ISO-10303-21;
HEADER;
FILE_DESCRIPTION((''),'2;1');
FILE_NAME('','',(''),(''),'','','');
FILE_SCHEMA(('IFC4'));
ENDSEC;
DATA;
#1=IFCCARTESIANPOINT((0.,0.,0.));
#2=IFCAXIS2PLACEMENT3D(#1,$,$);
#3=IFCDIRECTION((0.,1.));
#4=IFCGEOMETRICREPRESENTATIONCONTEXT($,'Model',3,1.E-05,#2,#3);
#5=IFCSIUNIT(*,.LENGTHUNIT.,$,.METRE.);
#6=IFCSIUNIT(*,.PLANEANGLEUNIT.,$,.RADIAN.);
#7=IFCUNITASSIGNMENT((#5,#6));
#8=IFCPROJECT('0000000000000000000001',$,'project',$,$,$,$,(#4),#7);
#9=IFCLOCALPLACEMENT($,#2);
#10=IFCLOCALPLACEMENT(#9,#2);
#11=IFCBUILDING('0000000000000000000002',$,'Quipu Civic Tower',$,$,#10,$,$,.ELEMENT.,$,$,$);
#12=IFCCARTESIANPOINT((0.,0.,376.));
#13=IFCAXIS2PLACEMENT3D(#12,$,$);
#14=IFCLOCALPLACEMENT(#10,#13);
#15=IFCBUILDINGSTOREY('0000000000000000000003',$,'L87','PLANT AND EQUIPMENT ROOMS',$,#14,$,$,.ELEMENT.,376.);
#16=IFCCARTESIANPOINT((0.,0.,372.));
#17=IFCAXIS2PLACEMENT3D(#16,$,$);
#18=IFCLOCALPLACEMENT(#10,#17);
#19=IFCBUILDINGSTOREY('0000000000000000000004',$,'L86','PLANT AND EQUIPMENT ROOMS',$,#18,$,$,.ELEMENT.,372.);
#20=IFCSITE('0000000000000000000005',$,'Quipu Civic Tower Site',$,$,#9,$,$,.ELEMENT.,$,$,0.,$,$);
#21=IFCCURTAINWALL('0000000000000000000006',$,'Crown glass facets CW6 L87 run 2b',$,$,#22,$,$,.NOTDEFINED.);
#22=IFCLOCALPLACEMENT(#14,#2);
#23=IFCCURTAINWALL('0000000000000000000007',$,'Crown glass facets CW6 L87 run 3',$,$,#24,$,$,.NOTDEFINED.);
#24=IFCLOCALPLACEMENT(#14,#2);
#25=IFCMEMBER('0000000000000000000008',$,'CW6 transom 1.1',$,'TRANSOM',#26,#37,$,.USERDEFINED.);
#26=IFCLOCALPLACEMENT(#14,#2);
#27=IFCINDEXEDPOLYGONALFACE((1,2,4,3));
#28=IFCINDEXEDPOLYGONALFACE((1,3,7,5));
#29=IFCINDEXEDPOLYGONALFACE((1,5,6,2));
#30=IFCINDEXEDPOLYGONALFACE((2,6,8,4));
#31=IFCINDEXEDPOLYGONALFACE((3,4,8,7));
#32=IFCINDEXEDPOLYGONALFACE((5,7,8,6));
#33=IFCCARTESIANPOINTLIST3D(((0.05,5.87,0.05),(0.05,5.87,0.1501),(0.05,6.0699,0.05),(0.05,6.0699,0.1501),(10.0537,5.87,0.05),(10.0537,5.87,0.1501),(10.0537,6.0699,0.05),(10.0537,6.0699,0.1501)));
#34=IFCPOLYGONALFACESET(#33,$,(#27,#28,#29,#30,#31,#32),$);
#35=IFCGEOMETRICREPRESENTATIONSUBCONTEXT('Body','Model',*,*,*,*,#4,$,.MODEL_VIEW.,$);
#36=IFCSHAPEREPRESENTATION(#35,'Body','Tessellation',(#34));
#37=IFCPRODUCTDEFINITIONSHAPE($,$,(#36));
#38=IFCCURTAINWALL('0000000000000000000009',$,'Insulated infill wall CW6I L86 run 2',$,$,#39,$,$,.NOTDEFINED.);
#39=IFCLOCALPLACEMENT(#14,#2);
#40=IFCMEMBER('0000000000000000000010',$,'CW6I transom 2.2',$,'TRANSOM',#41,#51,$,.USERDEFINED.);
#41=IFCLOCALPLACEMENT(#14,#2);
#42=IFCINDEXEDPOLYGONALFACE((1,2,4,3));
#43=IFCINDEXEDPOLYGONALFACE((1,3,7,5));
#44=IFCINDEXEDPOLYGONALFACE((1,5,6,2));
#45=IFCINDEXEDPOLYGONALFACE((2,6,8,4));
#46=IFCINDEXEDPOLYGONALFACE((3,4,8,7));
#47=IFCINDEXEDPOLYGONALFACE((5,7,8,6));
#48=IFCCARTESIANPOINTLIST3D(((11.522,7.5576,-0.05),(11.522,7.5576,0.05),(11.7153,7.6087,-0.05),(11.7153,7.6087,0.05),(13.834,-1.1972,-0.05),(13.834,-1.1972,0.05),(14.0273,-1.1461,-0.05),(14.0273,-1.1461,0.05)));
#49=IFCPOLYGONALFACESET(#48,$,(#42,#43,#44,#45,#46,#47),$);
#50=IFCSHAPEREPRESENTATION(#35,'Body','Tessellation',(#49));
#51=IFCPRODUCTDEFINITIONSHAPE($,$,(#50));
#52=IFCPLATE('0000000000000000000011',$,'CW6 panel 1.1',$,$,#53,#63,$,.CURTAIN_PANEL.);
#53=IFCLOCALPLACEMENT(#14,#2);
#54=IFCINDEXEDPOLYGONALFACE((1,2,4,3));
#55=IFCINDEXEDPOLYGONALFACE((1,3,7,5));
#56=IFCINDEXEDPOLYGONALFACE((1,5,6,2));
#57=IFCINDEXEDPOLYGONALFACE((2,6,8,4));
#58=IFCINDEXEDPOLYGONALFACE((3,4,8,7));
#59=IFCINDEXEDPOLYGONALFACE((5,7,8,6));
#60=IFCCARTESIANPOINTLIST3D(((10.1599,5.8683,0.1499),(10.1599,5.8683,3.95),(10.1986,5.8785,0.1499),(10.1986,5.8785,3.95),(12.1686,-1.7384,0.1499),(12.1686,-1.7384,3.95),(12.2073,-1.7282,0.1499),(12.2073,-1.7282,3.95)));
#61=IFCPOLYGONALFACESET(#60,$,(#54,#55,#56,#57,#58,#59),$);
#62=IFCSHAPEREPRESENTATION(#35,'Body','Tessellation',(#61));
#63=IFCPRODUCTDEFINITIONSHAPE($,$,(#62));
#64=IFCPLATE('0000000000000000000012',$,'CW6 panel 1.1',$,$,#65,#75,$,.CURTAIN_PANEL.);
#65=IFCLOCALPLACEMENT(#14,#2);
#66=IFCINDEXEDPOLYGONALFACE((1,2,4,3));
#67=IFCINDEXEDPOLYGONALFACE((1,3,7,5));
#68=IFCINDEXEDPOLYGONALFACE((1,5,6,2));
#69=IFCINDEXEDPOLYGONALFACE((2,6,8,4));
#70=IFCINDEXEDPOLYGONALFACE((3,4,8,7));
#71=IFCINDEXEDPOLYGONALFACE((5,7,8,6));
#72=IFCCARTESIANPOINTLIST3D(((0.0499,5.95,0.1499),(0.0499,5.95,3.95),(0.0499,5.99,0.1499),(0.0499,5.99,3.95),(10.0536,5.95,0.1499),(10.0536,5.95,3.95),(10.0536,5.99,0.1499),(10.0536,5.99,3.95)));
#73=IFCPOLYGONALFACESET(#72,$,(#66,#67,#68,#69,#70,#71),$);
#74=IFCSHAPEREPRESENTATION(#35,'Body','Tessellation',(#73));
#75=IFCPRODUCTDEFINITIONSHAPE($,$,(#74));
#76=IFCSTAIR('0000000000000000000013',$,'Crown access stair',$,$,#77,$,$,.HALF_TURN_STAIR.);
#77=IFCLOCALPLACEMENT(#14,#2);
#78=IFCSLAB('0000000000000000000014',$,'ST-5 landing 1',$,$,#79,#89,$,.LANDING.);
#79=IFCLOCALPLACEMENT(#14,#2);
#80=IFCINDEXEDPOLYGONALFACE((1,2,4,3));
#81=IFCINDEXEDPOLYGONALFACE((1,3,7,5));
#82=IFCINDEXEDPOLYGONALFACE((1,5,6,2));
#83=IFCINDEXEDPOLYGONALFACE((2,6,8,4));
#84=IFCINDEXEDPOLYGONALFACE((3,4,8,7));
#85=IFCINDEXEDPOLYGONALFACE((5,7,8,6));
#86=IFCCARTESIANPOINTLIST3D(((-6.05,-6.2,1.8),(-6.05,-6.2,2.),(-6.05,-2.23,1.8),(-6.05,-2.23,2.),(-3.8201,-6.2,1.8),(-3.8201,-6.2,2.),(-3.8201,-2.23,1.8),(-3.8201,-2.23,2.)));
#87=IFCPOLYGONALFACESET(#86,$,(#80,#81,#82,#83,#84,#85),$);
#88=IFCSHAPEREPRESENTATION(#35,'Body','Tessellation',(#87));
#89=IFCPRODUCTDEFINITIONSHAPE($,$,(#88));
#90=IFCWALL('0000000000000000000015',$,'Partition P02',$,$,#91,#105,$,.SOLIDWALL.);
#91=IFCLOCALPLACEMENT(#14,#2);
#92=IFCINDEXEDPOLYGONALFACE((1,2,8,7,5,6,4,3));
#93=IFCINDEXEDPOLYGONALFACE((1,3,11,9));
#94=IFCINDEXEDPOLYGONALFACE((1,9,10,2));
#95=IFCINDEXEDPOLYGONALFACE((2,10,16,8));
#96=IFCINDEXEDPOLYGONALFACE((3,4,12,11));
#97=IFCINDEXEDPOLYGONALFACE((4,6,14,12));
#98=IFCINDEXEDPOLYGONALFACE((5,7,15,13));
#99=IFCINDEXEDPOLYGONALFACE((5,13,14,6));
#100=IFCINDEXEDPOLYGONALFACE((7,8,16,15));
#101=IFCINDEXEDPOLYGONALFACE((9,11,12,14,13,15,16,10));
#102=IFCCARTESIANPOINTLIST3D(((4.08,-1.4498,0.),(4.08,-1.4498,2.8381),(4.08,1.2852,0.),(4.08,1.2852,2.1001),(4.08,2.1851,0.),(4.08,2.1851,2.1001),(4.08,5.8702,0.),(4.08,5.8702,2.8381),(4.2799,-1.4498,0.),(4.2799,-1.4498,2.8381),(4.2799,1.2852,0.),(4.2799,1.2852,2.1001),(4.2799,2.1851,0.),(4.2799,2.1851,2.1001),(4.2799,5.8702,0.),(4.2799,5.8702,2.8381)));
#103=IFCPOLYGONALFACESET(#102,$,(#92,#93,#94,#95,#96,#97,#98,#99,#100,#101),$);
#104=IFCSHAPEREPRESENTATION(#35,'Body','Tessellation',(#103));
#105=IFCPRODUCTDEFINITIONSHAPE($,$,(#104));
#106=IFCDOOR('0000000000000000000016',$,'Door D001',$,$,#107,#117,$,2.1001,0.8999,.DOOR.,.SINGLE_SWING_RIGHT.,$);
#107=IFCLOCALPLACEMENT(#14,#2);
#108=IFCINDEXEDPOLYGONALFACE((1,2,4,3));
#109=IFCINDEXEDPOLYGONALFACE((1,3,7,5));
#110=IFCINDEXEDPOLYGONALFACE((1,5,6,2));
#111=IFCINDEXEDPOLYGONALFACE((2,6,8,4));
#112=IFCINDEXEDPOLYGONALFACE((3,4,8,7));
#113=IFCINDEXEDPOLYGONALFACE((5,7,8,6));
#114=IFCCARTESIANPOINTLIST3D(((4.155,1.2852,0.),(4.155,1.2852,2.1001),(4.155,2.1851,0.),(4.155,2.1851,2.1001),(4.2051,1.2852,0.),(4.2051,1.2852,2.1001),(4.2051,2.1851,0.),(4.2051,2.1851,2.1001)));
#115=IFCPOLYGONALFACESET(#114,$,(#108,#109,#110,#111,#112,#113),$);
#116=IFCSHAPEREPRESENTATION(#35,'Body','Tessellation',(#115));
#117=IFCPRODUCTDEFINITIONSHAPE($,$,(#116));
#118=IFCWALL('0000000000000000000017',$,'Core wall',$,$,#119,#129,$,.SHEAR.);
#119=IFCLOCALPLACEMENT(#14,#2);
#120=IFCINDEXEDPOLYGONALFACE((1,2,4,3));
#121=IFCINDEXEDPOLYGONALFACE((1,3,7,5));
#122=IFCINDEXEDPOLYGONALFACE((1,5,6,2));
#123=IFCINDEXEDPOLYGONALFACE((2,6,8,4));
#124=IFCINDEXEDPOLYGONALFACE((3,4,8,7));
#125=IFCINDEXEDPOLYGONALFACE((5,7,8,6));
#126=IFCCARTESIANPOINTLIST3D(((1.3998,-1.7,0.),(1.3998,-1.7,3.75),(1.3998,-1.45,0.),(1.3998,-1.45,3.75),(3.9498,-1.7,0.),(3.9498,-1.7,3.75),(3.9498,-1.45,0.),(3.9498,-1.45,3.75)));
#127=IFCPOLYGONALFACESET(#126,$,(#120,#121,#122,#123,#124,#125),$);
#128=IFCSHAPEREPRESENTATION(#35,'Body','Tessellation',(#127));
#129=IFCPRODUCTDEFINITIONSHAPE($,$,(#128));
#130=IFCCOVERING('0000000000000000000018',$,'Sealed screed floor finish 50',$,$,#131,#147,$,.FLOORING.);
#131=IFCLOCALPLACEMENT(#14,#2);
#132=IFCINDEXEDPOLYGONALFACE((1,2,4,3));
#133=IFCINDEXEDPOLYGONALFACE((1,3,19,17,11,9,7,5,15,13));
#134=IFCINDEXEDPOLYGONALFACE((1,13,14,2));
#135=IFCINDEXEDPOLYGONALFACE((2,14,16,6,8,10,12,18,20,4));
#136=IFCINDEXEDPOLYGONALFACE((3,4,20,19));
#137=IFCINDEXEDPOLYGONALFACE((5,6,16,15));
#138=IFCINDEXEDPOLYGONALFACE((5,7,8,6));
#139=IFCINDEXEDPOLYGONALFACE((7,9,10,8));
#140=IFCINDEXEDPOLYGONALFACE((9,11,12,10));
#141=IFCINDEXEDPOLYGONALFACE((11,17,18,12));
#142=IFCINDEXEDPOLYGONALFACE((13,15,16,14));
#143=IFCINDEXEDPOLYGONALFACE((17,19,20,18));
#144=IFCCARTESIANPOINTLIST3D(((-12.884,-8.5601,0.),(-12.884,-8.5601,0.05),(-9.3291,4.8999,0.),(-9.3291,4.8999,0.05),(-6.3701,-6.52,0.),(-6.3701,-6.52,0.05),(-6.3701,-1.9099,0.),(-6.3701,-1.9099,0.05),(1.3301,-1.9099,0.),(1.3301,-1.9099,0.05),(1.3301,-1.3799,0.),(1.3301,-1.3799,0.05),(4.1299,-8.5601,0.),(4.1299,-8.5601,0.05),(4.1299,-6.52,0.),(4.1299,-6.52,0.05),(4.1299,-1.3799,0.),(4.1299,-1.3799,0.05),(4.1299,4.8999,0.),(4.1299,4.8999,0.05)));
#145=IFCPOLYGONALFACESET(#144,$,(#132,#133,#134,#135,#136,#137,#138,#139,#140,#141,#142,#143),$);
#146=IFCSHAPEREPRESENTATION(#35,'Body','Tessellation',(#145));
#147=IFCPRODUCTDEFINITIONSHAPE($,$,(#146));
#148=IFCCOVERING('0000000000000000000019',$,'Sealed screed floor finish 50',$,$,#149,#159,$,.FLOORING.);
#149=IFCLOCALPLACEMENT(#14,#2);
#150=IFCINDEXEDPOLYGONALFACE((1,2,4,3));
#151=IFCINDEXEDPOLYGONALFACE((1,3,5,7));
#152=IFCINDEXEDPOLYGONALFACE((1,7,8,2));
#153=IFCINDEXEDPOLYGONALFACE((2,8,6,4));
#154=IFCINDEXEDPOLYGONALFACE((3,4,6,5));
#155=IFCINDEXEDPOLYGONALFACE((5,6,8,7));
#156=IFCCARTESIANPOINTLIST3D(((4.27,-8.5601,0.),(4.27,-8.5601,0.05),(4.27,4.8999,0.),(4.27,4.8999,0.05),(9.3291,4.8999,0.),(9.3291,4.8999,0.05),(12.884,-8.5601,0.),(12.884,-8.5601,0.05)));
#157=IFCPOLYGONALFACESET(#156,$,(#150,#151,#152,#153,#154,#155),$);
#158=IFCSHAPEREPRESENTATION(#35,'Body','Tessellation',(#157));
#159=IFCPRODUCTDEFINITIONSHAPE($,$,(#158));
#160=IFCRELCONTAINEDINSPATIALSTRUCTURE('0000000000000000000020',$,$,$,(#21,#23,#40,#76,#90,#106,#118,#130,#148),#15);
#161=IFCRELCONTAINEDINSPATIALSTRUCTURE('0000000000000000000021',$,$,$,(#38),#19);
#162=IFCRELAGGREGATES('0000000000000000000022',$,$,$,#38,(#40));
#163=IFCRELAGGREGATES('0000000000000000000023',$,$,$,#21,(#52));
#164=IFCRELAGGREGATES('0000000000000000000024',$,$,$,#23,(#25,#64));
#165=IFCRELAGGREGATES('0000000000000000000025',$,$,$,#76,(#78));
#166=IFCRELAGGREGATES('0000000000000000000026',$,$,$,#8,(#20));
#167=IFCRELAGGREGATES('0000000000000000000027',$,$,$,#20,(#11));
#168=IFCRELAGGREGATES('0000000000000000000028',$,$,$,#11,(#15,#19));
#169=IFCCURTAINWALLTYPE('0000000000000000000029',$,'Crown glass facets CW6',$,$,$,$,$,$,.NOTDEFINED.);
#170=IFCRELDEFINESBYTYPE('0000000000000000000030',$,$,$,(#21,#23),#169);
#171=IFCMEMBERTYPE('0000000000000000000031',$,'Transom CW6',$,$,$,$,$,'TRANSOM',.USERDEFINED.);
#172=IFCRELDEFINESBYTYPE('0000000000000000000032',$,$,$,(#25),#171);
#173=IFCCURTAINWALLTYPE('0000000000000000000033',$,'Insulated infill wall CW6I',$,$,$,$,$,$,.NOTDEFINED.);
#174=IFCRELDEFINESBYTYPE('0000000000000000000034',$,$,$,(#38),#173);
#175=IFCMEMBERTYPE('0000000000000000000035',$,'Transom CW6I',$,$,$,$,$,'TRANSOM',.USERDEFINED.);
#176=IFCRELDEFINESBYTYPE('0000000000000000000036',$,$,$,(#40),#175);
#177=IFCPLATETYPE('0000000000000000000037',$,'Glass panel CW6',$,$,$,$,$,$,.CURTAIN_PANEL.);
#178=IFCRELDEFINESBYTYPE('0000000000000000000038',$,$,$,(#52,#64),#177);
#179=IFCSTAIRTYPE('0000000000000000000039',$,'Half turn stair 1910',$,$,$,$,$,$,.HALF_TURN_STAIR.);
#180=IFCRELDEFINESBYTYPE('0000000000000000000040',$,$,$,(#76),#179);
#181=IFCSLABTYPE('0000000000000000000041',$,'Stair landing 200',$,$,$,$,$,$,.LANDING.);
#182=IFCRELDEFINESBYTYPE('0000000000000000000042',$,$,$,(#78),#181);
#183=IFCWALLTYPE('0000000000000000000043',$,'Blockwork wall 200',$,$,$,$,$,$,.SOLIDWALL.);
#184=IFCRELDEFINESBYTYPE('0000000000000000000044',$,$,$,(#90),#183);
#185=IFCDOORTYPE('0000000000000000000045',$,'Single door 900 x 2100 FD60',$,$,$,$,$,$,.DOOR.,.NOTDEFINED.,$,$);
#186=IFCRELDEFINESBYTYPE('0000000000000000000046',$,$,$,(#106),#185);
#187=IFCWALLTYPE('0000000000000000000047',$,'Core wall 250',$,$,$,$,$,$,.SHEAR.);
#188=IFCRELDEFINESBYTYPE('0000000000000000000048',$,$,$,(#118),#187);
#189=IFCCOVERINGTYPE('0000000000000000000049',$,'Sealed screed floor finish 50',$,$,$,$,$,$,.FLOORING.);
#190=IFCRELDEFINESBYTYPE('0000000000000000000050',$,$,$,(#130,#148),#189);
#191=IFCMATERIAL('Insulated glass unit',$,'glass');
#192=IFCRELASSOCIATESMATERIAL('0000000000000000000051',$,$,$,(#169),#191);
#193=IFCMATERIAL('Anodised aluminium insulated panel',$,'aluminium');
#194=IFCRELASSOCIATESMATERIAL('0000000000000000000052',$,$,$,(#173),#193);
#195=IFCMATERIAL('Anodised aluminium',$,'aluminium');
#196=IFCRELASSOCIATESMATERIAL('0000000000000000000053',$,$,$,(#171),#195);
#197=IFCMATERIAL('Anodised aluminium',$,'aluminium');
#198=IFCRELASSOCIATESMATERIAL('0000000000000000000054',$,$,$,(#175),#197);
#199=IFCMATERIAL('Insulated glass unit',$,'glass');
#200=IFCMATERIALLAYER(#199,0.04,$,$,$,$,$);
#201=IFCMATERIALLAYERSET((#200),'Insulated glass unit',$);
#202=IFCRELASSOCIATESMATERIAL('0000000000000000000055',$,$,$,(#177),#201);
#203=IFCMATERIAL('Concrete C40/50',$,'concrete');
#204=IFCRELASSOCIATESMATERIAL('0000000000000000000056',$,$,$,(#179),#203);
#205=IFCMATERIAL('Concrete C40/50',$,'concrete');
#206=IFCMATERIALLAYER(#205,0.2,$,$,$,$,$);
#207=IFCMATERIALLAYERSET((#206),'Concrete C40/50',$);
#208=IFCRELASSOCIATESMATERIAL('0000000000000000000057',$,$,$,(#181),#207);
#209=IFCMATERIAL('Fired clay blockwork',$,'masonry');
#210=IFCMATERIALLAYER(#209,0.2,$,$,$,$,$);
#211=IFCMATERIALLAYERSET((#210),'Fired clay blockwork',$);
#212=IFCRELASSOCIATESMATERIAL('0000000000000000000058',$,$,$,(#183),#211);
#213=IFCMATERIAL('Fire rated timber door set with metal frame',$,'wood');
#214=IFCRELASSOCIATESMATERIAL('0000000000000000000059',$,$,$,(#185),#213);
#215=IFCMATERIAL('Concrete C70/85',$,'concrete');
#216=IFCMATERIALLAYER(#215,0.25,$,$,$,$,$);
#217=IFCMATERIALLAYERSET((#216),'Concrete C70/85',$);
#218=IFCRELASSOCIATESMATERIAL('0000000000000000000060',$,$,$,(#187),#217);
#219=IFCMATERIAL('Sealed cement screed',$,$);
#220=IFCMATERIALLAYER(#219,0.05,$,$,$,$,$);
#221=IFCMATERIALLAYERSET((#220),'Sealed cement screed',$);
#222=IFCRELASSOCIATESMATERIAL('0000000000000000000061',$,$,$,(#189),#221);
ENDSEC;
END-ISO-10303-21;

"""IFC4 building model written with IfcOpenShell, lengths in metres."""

from ifc_helpers import new_model, si_unit, direction, frame, frame_2d, origin, origin_2d, place, context, subcontext, project, spatial, polyline, rectangle, outline, extrude, material, layer, layer_set, material_profile, profile_set, type_object, element, fill, aggregate, save


model = new_model("IFC4")

# Units and contexts
model_context = context("Model", 3, precision=1e-05, world=origin(), true_north=direction((0.0, 1.0)))
body_context = subcontext(model_context, "Body", "Model", "MODEL_VIEW")
ifc_project = project(units=[si_unit("LENGTHUNIT", "METRE"), si_unit("PLANEANGLEUNIT", "RADIAN")], contexts=[model_context])

# Site, building, storey
site_placement = place(None, origin())
site = spatial("IfcSite", under=ifc_project, at=site_placement, Name="Quipu Civic Tower Site", CompositionType="ELEMENT", RefElevation=0.0)
building_placement = place(site_placement, origin())
building = spatial("IfcBuilding", under=site, at=building_placement, Name="Quipu Civic Tower", CompositionType="ELEMENT")
storey_1_placement = place(building_placement, frame((0.0, 0.0, 376.0)))
storey_1 = spatial("IfcBuildingStorey", under=building, at=storey_1_placement, Name="L87", Description="PLANT AND EQUIPMENT ROOMS", CompositionType="ELEMENT", Elevation=376.0)

# Curtain walls
ifc_material_1 = material(Name="Insulated glass unit", Category="glass")
curtain_wall_type_1 = type_object("IfcCurtainWallType", Name="Crown glass facets CW6", PredefinedType="NOTDEFINED", material=ifc_material_1)
curtain_wall_1_placement = place(storey_1_placement, origin())
curtain_wall_1 = element("IfcCurtainWall", 1, at=curtain_wall_1_placement, inside=storey_1, type_object=curtain_wall_type_1, Name="Crown glass facets CW6 L87 run 2b", PredefinedType="NOTDEFINED")
curtain_wall_2_placement = place(storey_1_placement, origin())
curtain_wall_2 = element("IfcCurtainWall", 2, at=curtain_wall_2_placement, inside=storey_1, type_object=curtain_wall_type_1, Name="Crown glass facets CW6 L87 run 3", PredefinedType="NOTDEFINED")

# Shared definitions
ifc_material_2 = material(Name="Anodised aluminium insulated panel", Category="aluminium")
curtain_wall_type_2 = type_object("IfcCurtainWallType", Name="Insulated infill wall CW6I", PredefinedType="NOTDEFINED", material=ifc_material_2)

# Shared definitions
storey_2_placement = place(building_placement, frame((0.0, 0.0, 372.0)))
storey_2 = spatial("IfcBuildingStorey", under=building, at=storey_2_placement, Name="L86", Description="PLANT AND EQUIPMENT ROOMS", CompositionType="ELEMENT", Elevation=372.0)

# Shared definitions
ifc_material_3 = material(Name="Anodised aluminium", Category="aluminium")
ifc_material_profile_1 = material_profile(ifc_material_3, rectangle(XDim=0.2, YDim=0.1001, at=origin_2d()), Name="RECT 200x100")
ifc_profile_set_1 = profile_set([ifc_material_profile_1], Name="Anodised aluminium")
member_type_1 = type_object("IfcMemberType", Name="Transom CW6", ElementType="TRANSOM", PredefinedType="USERDEFINED", material=ifc_profile_set_1)

# Member
member_1_placement = place(storey_1_placement, frame((10.0537, 5.97, 0.1001), z_axis=(-1.0, 0.0, 0.0), x_axis=(0.0, -1.0, 0.0)))
member_1 = element("IfcMember", 3, at=member_1_placement, type_object=member_type_1, Name="CW6 transom 1.1", ObjectType="TRANSOM", PredefinedType="USERDEFINED", context=body_context, shape_type="SweptSolid", body=[
    extrude(rectangle(XDim=0.2, YDim=0.1001, at=origin_2d()), origin(), (0.0, 0.0, 1.0), 10.0037),
])

# Curtain wall, member
curtain_wall_3_placement = place(storey_2_placement, origin())
curtain_wall_3 = element("IfcCurtainWall", 4, at=curtain_wall_3_placement, inside=storey_2, type_object=curtain_wall_type_2, Name="Insulated infill wall CW6I L86 run 2", PredefinedType="NOTDEFINED")
ifc_material_4 = material(Name="Anodised aluminium", Category="aluminium")
ifc_material_profile_2 = material_profile(ifc_material_4, rectangle(XDim=0.2, YDim=0.1001, at=origin_2d()), Name="RECT 200x100")
ifc_profile_set_2 = profile_set([ifc_material_profile_2], Name="Anodised aluminium")
member_type_2 = type_object("IfcMemberType", Name="Transom CW6I", ElementType="TRANSOM", PredefinedType="USERDEFINED", material=ifc_profile_set_2)
member_2_placement = place(storey_1_placement, frame((13.9307, -1.1716, 0.0), z_axis=(-0.255329, 0.966854, 0.0), x_axis=(-0.966854, -0.255329, 0.0)))
member_2 = element("IfcMember", 5, at=member_2_placement, inside=storey_1, type_object=member_type_2, Name="CW6I transom 2.2", ObjectType="TRANSOM", PredefinedType="USERDEFINED", context=body_context, shape_type="SweptSolid", body=[
    extrude(rectangle(XDim=0.2, YDim=0.1001, at=origin_2d()), origin(), (0.0, 0.0, 1.0), 9.0549),
])
aggregate(curtain_wall_3, [member_2])

# Plates
ifc_material_5 = material(Name="Insulated glass unit", Category="glass")
ifc_layer_1 = layer(ifc_material_5, 0.04)
ifc_layer_set_1 = layer_set([ifc_layer_1], Name="Insulated glass unit")
plate_type = type_object("IfcPlateType", Name="Glass panel CW6", PredefinedType="CURTAIN_PANEL", material=ifc_layer_set_1)
plate_1_placement = place(storey_1_placement, frame((11.1836, 2.0701, 0.1499), z_axis=(0.0, 0.0, 1.0), x_axis=(-0.255313, 0.966859, 0.0)))
plate_1 = element("IfcPlate", 6, at=plate_1_placement, type_object=plate_type, Name="CW6 panel 1.1", PredefinedType="CURTAIN_PANEL", context=body_context, shape_type="SweptSolid", body=[
    extrude(rectangle(XDim=7.8674, YDim=0.04, at=origin_2d()), origin(), (0.0, 0.0, 1.0), 3.8),
])
aggregate(curtain_wall_1, [plate_1])
plate_2_placement = place(storey_1_placement, frame((5.0518, 5.97, 0.1499), z_axis=(0.0, 0.0, 1.0), x_axis=(-1.0, 0.0, 0.0)))
plate_2 = element("IfcPlate", 7, at=plate_2_placement, type_object=plate_type, Name="CW6 panel 1.1", PredefinedType="CURTAIN_PANEL", context=body_context, shape_type="SweptSolid", body=[
    extrude(rectangle(XDim=10.0037, YDim=0.04, at=origin_2d()), origin(), (0.0, 0.0, 1.0), 3.8),
])
aggregate(curtain_wall_2, [member_1, plate_2])

# Stair, slab
ifc_material_6 = material(Name="Concrete C40/50", Category="concrete")
stair_type = type_object("IfcStairType", Name="Half turn stair 1910", PredefinedType="HALF_TURN_STAIR", material=ifc_material_6)
stair_placement = place(storey_1_placement, origin())
stair = element("IfcStair", 8, at=stair_placement, inside=storey_1, type_object=stair_type, Name="Crown access stair", PredefinedType="HALF_TURN_STAIR")
ifc_material_7 = material(Name="Concrete C40/50", Category="concrete")
ifc_layer_2 = layer(ifc_material_7, 0.2)
ifc_layer_set_2 = layer_set([ifc_layer_2], Name="Concrete C40/50")
slab_type = type_object("IfcSlabType", Name="Stair landing 200", PredefinedType="LANDING", material=ifc_layer_set_2)
slab_placement = place(storey_1_placement, frame((0.0, 0.0, 1.8)))
slab = element("IfcSlab", 9, at=slab_placement, type_object=slab_type, Name="ST-5 landing 1", PredefinedType="LANDING", context=body_context, shape_type="SweptSolid", body=[
    extrude(outline(polyline([(-3.8201, -2.23), (-6.05, -2.23), (-6.05, -6.2), (-3.8201, -6.2), (-3.8201, -2.23)])), origin(), (0.0, 0.0, 1.0), 0.2),
])
aggregate(stair, [slab])

# Wall, opening, door
ifc_material_8 = material(Name="Fired clay blockwork", Category="masonry")
ifc_layer_3 = layer(ifc_material_8, 0.2)
ifc_layer_set_3 = layer_set([ifc_layer_3], Name="Fired clay blockwork")
wall_type_1 = type_object("IfcWallType", Name="Blockwork wall 200", PredefinedType="SOLIDWALL", material=ifc_layer_set_3)
wall_1_placement = place(storey_1_placement, frame((4.1799, -1.45, 0.0), z_axis=(0.0, 0.0, 1.0), x_axis=(0.0, 1.0, 0.0)))
wall_1 = element("IfcWall", 10, at=wall_1_placement, inside=storey_1, type_object=wall_type_1, Name="Partition P02", PredefinedType="SOLIDWALL", context=body_context, shape_type="SweptSolid", body=[
    extrude(rectangle(XDim=7.3201, YDim=0.2, at=frame_2d((3.6602, 0.0))), origin(), (0.0, 0.0, 1.0), 2.8381),
])
opening_placement = place(wall_1_placement, frame((2.7351, 0.0, 0.0)))
opening = element("IfcOpeningElement", 11, at=opening_placement, cuts=wall_1, PredefinedType="OPENING", context=body_context, shape_type="SweptSolid", body=[
    extrude(rectangle(XDim=0.8999, YDim=2.1001, at=frame_2d((0.45, 1.05))), frame((0.0, 0.1099, 0.0), z_axis=(0.0, -1.0, 0.0), x_axis=(1.0, 0.0, 0.0)), (0.0, 0.0, 1.0), 0.22),
])
ifc_material_9 = material(Name="Fire rated timber door set with metal frame", Category="wood")
door_type = type_object("IfcDoorType", Name="Single door 900 x 2100 FD60", OperationType="NOTDEFINED", PredefinedType="DOOR", material=ifc_material_9)
door_placement = place(opening_placement, origin())
door = element("IfcDoor", 12, at=door_placement, inside=storey_1, type_object=door_type, Name="Door D001", OperationType="SINGLE_SWING_RIGHT", OverallHeight=2.1001, OverallWidth=0.8999, PredefinedType="DOOR", context=body_context, shape_type="SweptSolid", body=[
    extrude(rectangle(XDim=0.8999, YDim=2.1001, at=frame_2d((0.45, 1.05))), frame((0.0, 0.0249, 0.0), z_axis=(0.0, -1.0, 0.0), x_axis=(1.0, 0.0, 0.0)), (0.0, 0.0, 1.0), 0.05),
])
fill(opening, door)

# Wall
ifc_material_10 = material(Name="Concrete C70/85", Category="concrete")
ifc_layer_4 = layer(ifc_material_10, 0.25)
ifc_layer_set_4 = layer_set([ifc_layer_4], Name="Concrete C70/85")
wall_type_2 = type_object("IfcWallType", Name="Core wall 250", PredefinedType="SHEAR", material=ifc_layer_set_4)
wall_2_placement = place(storey_1_placement, frame((1.3999, -1.575, 0.0), z_axis=(0.0, 0.0, 1.0), x_axis=(1.0, 0.0, 0.0)))
element("IfcWall", 13, at=wall_2_placement, inside=storey_1, type_object=wall_type_2, Name="Core wall", PredefinedType="SHEAR", context=body_context, shape_type="SweptSolid", body=[
    extrude(rectangle(XDim=2.55, YDim=0.25, at=frame_2d((1.2749, 0.0))), origin(), (0.0, 0.0, 1.0), 3.75),
])

# Coverings
ifc_material_11 = material(Name="Sealed cement screed")
ifc_layer_5 = layer(ifc_material_11, 0.05)
ifc_layer_set_5 = layer_set([ifc_layer_5], Name="Sealed cement screed")
covering_type = type_object("IfcCoveringType", Name="Sealed screed floor finish 50", PredefinedType="FLOORING", material=ifc_layer_set_5)
covering_1_placement = place(storey_1_placement, origin())
element("IfcCovering", 14, at=covering_1_placement, inside=storey_1, type_object=covering_type, Name="Sealed screed floor finish 50", PredefinedType="FLOORING", context=body_context, shape_type="SweptSolid", body=[
    extrude(outline(polyline([(-9.3291, 4.8999), (4.1299, 4.8999), (4.1299, -1.3799), (1.3301, -1.3799), (1.3301, -1.9099), (-6.3701, -1.9099), (-6.3701, -6.52), (4.1299, -6.52), (4.1299, -8.5601), (-12.884, -8.5601), (-9.3291, 4.8999)])), origin(), (0.0, 0.0, 1.0), 0.05),
])
covering_2_placement = place(storey_1_placement, origin())
element("IfcCovering", 15, at=covering_2_placement, inside=storey_1, type_object=covering_type, Name="Sealed screed floor finish 50", PredefinedType="FLOORING", context=body_context, shape_type="SweptSolid", body=[
    extrude(outline(polyline([(4.27, 4.8999), (9.3291, 4.8999), (12.884, -8.5601), (4.27, -8.5601), (4.27, 4.8999)])), origin(), (0.0, 0.0, 1.0), 0.05),
])

save(model, "model.ifc")
